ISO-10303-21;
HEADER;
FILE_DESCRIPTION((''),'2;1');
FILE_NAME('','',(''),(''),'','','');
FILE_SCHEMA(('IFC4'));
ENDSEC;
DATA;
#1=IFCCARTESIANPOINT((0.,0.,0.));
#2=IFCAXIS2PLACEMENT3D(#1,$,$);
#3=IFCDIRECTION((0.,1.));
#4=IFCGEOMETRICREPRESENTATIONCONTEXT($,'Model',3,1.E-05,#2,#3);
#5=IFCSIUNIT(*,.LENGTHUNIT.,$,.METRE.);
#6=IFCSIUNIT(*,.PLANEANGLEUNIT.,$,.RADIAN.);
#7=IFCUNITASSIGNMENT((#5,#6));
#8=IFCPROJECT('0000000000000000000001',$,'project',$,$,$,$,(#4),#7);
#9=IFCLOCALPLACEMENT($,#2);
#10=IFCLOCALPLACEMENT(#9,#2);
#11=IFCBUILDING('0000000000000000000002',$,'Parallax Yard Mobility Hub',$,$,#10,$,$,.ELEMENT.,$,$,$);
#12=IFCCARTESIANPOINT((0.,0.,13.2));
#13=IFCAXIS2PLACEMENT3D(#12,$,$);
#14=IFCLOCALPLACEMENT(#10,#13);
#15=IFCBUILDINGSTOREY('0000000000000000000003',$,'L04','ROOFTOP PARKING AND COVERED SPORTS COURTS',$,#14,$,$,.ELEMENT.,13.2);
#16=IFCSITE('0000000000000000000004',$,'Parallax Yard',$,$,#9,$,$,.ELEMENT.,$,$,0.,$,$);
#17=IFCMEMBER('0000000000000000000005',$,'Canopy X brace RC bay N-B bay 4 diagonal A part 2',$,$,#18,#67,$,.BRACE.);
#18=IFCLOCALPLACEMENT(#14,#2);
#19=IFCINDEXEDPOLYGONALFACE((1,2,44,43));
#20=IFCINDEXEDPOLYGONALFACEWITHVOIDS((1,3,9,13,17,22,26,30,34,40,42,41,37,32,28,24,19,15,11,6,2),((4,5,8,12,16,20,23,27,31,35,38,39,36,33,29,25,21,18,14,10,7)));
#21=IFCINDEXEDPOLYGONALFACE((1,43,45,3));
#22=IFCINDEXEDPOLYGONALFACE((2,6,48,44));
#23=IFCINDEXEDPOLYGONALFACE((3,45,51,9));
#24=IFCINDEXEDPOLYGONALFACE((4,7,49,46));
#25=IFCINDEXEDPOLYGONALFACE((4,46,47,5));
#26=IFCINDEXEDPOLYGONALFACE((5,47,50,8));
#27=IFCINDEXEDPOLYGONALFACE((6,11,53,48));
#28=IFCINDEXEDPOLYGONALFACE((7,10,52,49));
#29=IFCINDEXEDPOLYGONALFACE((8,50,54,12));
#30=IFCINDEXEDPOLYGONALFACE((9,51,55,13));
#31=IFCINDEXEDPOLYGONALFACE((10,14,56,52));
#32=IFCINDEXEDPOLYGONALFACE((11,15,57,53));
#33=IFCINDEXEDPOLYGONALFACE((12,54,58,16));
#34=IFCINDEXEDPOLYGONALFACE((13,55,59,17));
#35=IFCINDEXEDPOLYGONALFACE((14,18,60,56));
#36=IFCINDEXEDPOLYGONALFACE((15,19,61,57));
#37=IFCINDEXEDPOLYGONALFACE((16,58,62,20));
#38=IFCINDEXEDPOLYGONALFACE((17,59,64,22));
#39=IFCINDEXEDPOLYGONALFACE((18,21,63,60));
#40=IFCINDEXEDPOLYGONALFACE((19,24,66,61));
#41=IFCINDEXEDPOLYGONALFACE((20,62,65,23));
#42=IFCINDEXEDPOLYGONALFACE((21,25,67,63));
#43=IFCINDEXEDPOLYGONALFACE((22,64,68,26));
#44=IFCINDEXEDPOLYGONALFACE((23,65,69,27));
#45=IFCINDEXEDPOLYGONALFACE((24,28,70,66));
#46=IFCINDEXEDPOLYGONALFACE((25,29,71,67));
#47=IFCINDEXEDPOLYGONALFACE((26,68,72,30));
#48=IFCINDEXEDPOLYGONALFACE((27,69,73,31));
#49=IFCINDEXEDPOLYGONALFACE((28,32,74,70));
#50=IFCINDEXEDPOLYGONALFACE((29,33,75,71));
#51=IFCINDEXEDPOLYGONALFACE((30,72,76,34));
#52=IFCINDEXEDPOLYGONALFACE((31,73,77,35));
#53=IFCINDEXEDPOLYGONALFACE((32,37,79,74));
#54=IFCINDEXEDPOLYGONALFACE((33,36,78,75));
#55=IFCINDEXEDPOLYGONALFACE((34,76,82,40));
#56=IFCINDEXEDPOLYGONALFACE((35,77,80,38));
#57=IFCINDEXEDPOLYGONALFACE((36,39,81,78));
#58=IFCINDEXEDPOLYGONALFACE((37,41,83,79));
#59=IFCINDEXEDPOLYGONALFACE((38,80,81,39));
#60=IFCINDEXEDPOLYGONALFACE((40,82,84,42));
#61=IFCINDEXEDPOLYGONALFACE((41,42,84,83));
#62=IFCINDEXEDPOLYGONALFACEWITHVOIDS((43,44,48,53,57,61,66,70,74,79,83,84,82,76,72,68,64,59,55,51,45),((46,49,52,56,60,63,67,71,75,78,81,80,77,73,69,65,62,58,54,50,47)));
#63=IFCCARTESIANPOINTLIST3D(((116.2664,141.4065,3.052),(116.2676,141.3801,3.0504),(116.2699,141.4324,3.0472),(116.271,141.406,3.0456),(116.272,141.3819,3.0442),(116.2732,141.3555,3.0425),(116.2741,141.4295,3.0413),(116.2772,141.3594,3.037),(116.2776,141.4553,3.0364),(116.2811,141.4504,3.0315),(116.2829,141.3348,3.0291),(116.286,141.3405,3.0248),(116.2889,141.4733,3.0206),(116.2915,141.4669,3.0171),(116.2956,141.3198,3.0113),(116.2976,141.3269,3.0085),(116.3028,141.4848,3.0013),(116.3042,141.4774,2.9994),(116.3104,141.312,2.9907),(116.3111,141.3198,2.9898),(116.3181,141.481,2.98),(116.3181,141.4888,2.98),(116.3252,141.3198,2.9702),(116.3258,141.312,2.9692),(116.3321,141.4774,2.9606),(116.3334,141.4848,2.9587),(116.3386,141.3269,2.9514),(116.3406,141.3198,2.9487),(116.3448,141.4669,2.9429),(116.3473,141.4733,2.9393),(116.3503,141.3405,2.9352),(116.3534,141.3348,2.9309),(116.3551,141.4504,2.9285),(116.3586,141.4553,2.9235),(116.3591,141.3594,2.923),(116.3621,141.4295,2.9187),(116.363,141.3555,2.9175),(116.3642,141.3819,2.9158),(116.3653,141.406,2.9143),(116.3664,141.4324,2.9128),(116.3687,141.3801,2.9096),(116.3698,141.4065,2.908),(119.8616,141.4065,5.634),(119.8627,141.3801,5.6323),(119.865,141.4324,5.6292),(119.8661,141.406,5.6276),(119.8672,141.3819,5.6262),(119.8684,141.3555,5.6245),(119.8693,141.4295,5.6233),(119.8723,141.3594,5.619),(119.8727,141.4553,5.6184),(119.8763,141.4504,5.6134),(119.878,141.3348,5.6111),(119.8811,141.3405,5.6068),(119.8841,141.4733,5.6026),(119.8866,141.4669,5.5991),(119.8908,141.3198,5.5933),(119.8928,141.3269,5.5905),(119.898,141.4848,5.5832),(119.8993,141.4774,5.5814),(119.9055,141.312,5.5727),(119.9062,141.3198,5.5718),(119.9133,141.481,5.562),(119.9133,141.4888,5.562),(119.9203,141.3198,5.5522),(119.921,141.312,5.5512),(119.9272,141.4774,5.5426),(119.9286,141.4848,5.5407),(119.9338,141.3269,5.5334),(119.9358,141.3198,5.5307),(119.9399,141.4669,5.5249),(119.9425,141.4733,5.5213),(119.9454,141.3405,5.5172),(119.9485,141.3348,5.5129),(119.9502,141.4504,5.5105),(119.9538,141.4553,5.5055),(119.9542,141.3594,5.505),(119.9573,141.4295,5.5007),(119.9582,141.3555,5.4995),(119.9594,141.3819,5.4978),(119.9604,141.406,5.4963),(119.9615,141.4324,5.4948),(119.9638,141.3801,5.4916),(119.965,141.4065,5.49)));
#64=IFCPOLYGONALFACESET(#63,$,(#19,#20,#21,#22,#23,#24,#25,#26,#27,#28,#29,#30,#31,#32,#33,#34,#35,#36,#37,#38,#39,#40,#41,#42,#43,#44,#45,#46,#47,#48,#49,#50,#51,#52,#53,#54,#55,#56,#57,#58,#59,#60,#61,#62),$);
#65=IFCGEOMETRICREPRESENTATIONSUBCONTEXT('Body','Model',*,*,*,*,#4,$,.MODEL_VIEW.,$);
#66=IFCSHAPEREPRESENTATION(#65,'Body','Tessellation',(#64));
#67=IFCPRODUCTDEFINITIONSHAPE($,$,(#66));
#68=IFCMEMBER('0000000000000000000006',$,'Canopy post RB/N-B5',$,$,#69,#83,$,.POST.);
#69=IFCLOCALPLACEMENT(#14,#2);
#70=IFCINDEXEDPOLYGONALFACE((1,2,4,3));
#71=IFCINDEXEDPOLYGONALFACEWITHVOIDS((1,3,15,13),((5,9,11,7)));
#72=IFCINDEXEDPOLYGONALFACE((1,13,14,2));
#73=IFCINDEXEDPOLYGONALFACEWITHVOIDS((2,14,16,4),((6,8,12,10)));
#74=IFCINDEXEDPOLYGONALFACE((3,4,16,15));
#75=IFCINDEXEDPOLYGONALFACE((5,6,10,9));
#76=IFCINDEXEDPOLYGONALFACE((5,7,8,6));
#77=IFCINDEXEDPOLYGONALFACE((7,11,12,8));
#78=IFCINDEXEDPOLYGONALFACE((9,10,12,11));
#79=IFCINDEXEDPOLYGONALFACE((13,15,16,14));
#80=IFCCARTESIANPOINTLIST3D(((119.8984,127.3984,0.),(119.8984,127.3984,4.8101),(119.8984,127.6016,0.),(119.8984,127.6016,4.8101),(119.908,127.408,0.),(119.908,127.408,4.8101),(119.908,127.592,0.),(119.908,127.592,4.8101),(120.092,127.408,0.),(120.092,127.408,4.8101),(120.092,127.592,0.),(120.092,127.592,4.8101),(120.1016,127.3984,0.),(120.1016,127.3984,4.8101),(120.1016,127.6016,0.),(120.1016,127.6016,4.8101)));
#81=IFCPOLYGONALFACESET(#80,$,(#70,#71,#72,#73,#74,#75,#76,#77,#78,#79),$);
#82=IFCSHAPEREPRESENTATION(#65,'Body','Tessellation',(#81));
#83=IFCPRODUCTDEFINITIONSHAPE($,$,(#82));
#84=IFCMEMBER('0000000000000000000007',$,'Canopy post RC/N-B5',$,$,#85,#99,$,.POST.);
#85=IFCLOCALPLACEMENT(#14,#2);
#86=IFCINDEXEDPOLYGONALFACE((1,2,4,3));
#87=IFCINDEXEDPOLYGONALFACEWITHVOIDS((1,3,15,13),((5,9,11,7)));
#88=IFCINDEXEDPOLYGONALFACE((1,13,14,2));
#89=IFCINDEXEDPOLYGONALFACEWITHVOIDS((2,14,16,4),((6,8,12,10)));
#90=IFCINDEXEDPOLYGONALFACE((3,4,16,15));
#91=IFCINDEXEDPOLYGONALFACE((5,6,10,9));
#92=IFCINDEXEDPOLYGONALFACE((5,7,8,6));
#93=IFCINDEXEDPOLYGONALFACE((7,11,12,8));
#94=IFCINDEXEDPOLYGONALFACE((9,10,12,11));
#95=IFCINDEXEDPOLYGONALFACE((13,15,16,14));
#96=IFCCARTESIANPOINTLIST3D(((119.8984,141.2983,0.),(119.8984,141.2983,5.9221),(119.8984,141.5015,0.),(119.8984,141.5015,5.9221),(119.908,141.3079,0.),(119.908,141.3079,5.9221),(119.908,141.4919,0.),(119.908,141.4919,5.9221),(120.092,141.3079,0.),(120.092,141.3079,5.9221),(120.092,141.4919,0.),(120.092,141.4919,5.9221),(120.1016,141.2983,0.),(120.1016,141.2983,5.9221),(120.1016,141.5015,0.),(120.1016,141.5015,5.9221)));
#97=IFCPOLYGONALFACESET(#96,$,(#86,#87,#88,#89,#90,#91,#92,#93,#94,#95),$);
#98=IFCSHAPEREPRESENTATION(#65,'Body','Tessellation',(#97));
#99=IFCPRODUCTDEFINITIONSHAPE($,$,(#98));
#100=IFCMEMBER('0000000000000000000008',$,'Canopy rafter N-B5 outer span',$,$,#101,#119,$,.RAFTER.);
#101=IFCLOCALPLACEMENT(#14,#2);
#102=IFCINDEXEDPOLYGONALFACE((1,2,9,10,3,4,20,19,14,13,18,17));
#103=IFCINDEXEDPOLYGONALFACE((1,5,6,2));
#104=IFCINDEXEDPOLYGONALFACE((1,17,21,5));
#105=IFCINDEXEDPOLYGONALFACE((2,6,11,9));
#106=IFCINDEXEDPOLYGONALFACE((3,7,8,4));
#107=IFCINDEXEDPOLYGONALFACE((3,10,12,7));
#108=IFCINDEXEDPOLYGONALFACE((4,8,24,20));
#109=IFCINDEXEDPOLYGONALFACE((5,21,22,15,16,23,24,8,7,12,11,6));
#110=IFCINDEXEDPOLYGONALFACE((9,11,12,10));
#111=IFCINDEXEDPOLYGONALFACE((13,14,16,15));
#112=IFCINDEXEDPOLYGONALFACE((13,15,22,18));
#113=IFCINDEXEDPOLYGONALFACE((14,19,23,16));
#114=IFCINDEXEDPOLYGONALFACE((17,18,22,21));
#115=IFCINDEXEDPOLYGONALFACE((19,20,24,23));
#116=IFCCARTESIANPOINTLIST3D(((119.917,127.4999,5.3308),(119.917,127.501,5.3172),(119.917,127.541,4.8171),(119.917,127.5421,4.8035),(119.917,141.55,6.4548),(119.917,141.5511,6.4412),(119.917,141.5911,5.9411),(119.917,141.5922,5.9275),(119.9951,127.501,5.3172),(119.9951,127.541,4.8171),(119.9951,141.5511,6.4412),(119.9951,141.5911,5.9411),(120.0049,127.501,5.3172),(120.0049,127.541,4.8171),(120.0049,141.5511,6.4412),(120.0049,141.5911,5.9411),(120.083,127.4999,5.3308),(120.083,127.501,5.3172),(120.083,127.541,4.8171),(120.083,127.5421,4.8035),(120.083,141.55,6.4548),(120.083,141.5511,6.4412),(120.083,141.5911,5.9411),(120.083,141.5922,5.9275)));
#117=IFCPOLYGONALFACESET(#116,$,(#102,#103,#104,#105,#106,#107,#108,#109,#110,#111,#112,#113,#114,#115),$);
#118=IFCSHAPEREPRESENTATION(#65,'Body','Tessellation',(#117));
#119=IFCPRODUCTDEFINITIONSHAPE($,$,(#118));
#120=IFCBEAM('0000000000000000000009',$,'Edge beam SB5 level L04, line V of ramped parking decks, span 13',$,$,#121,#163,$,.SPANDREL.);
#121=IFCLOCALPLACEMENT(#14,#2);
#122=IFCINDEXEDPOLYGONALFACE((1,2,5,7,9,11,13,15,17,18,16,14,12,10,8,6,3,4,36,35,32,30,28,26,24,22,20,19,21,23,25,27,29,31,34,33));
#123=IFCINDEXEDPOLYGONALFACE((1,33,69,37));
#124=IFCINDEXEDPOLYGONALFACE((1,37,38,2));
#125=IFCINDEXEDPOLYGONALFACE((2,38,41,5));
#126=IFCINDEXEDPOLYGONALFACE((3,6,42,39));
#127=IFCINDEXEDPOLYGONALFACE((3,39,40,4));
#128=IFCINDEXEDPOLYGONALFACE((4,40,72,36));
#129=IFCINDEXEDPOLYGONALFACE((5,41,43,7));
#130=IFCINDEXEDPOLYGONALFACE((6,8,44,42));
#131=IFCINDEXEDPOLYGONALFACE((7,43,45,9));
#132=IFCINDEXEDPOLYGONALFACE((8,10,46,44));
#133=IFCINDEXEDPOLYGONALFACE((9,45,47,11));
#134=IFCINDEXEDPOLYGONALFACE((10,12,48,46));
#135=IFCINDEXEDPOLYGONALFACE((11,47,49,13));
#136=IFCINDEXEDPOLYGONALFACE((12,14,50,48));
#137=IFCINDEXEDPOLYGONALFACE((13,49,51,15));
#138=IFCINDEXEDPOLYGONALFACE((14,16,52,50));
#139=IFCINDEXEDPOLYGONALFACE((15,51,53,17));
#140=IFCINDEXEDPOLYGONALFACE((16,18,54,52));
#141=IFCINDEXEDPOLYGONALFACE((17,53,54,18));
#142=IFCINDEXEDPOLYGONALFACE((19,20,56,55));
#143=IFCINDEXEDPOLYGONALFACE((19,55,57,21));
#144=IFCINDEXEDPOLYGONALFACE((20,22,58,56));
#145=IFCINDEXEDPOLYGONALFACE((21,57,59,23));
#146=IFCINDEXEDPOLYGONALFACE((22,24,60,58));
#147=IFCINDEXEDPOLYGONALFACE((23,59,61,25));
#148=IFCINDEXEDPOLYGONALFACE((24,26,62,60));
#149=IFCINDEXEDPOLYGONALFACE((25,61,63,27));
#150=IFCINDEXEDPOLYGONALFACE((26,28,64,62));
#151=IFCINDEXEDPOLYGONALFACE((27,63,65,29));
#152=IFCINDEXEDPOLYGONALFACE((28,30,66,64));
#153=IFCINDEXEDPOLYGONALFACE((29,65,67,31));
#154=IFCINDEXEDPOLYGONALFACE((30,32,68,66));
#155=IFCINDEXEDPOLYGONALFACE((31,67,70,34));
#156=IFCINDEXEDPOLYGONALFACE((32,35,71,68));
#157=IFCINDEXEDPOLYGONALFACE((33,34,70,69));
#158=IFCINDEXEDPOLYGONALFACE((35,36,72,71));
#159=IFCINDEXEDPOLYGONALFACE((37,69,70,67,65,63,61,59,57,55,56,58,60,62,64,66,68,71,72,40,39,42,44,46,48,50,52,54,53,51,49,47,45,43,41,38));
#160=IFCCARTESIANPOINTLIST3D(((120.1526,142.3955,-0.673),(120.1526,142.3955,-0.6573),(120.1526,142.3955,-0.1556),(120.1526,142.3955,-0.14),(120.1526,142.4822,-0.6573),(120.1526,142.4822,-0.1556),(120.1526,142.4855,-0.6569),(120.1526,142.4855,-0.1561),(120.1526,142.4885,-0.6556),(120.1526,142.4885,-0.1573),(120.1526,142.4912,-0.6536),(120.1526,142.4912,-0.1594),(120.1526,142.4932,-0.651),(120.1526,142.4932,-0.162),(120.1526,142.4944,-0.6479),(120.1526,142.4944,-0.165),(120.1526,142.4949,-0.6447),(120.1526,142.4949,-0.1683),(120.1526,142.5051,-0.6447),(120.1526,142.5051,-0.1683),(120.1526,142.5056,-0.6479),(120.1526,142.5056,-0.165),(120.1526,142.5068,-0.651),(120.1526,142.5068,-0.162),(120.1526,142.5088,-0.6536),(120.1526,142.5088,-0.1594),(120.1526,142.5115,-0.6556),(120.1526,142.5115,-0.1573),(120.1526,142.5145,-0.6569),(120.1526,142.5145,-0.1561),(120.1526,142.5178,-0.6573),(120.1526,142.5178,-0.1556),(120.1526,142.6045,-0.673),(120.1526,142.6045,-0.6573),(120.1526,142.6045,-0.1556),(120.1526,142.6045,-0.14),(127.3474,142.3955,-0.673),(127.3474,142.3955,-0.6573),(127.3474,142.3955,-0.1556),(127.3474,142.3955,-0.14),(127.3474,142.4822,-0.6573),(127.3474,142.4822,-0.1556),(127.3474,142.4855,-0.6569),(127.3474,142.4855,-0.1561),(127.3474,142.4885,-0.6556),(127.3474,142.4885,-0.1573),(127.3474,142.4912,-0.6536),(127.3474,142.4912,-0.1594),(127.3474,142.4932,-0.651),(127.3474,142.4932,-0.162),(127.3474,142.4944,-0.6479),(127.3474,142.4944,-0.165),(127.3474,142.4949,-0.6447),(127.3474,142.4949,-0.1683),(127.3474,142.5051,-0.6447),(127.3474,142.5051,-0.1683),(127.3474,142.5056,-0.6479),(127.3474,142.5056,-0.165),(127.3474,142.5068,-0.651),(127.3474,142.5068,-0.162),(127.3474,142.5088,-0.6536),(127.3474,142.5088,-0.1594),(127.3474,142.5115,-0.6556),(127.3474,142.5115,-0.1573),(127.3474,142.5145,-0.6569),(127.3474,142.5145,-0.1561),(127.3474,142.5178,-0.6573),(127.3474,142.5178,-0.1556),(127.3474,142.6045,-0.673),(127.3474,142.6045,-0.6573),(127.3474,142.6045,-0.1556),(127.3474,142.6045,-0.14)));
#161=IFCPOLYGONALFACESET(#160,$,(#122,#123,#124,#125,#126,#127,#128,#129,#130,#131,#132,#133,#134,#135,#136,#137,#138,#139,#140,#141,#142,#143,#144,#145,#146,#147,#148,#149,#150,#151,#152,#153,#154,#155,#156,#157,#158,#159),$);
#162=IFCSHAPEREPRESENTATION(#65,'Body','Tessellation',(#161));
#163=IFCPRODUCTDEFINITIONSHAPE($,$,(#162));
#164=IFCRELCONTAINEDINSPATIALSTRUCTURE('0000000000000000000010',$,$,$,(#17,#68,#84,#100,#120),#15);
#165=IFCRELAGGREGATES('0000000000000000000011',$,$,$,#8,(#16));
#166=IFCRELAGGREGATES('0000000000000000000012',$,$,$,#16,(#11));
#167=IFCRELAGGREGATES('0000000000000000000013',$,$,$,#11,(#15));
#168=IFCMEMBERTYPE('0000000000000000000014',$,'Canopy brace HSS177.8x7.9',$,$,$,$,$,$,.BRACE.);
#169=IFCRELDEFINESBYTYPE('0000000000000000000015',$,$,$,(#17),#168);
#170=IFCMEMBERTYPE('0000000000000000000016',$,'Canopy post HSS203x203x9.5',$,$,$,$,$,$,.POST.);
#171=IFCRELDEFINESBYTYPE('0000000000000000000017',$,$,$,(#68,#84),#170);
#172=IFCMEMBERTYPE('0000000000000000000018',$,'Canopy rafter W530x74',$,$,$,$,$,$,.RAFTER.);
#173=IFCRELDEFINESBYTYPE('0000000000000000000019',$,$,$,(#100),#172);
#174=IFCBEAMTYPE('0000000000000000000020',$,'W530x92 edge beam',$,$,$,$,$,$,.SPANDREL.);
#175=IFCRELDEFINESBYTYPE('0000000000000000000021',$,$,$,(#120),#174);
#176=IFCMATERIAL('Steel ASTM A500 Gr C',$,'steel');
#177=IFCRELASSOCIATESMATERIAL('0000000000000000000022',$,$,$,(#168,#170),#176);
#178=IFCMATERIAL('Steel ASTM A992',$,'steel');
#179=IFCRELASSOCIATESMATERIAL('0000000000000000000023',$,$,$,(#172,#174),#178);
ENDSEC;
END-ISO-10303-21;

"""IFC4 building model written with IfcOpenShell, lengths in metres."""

from ifc_helpers import new_model, si_unit, direction, frame, origin, origin_2d, place, context, subcontext, project, spatial, hollow_rectangle, hollow_circle, i_section, extrude, material, material_profile, profile_set, type_object, element, save


model = new_model("IFC4")

# Units and contexts
model_context = context("Model", 3, precision=1e-05, world=origin(), true_north=direction((0.0, 1.0)))
body_context = subcontext(model_context, "Body", "Model", "MODEL_VIEW")
ifc_project = project(units=[si_unit("LENGTHUNIT", "METRE"), si_unit("PLANEANGLEUNIT", "RADIAN")], contexts=[model_context])

# Site, building, storey
site_placement = place(None, origin())
site = spatial("IfcSite", under=ifc_project, at=site_placement, Name="Parallax Yard", CompositionType="ELEMENT", RefElevation=0.0)
building_placement = place(site_placement, origin())
building = spatial("IfcBuilding", under=site, at=building_placement, Name="Parallax Yard Mobility Hub", CompositionType="ELEMENT")
storey_placement = place(building_placement, frame((0.0, 0.0, 13.2)))
storey = spatial("IfcBuildingStorey", under=building, at=storey_placement, Name="L04", Description="ROOFTOP PARKING AND COVERED SPORTS COURTS", CompositionType="ELEMENT", Elevation=13.2)

# Members
ifc_material_1 = material(Name="Steel ASTM A500 Gr C", Category="steel")
ifc_material_profile_1 = material_profile(ifc_material_1, hollow_circle(Radius=0.0889, WallThickness=0.0078, at=origin_2d()), Name="HSS177.8x7.9")
ifc_profile_set_1 = profile_set([ifc_material_profile_1], Name="Steel ASTM A500 Gr C")
member_type_1 = type_object("IfcMemberType", Name="Canopy brace HSS177.8x7.9", PredefinedType="BRACE", material=ifc_profile_set_1)
member_1_placement = place(storey_placement, frame((116.3181, 141.3999, 2.98), z_axis=(0.812233, 0.0, 0.583334), x_axis=(0.0, 1.0, 0.0)))
element("IfcMember", 1, at=member_1_placement, inside=storey, type_object=member_type_1, Name="Canopy X brace RC bay N-B bay 4 diagonal A part 2", PredefinedType="BRACE", context=body_context, shape_type="SweptSolid", body=[
    extrude(hollow_circle(Radius=0.0889, WallThickness=0.0078, at=origin_2d()), origin(), (0.0, 0.0, 1.0), 4.4263),
])
ifc_material_profile_2 = material_profile(ifc_material_1, hollow_rectangle(XDim=0.2031, YDim=0.2031, WallThickness=0.0095, at=origin_2d()), Name="HSS203x203x9.5")
ifc_profile_set_2 = profile_set([ifc_material_profile_2], Name="Steel ASTM A500 Gr C")
member_type_2 = type_object("IfcMemberType", Name="Canopy post HSS203x203x9.5", PredefinedType="POST", material=ifc_profile_set_2)
member_2_placement = place(storey_placement, frame((120.0, 127.5, 0.0), z_axis=(0.0, 0.0, 1.0), x_axis=(1.0, 0.0, 0.0)))
element("IfcMember", 2, at=member_2_placement, inside=storey, type_object=member_type_2, Name="Canopy post RB/N-B5", PredefinedType="POST", context=body_context, shape_type="SweptSolid", body=[
    extrude(hollow_rectangle(XDim=0.2031, YDim=0.2031, WallThickness=0.0095, at=origin_2d()), origin(), (0.0, 0.0, 1.0), 4.8101),
])
member_3_placement = place(storey_placement, frame((120.0, 141.3999, 0.0), z_axis=(0.0, 0.0, 1.0), x_axis=(1.0, 0.0, 0.0)))
element("IfcMember", 3, at=member_3_placement, inside=storey, type_object=member_type_2, Name="Canopy post RC/N-B5", PredefinedType="POST", context=body_context, shape_type="SweptSolid", body=[
    extrude(hollow_rectangle(XDim=0.2031, YDim=0.2031, WallThickness=0.0095, at=origin_2d()), origin(), (0.0, 0.0, 1.0), 5.9221),
])
ifc_material_2 = material(Name="Steel ASTM A992", Category="steel")
ifc_material_profile_3 = material_profile(ifc_material_2, i_section(OverallWidth=0.166, OverallDepth=0.5291, WebThickness=0.0098, FlangeThickness=0.0137, at=origin_2d()), Name="W530x74")
ifc_profile_set_3 = profile_set([ifc_material_profile_3], Name="Steel ASTM A992")
member_type_3 = type_object("IfcMemberType", Name="Canopy rafter W530x74", PredefinedType="RAFTER", material=ifc_profile_set_3)
member_4_placement = place(storey_placement, frame((120.0, 127.521, 5.0671), z_axis=(0.0, 0.996815, 0.079747), x_axis=(-1.0, 0.0, 0.0)))
element("IfcMember", 4, at=member_4_placement, inside=storey, type_object=member_type_3, Name="Canopy rafter N-B5 outer span", PredefinedType="RAFTER", context=body_context, shape_type="SweptSolid", body=[
    extrude(i_section(OverallWidth=0.166, OverallDepth=0.5291, WebThickness=0.0098, FlangeThickness=0.0137, at=origin_2d()), origin(), (0.0, 0.0, 1.0), 14.095),
])

# Beam
ifc_material_profile_4 = material_profile(ifc_material_2, i_section(OverallWidth=0.209, OverallDepth=0.533, WebThickness=0.0103, FlangeThickness=0.0156, FilletRadius=0.0127, at=origin_2d()), Name="W530x92")
ifc_profile_set_4 = profile_set([ifc_material_profile_4], Name="Steel ASTM A992")
beam_type_1 = type_object("IfcBeamType", Name="W530x92 edge beam", PredefinedType="SPANDREL", material=ifc_profile_set_4)
beam_1_placement = place(storey_placement, frame((120.1526, 142.5, -0.4065), z_axis=(1.0, 0.0, 0.0), x_axis=(0.0, 1.0, 0.0)))
element("IfcBeam", 5, at=beam_1_placement, inside=storey, type_object=beam_type_1, Name="Edge beam SB5 level L04, line V of ramped parking decks, span 13", PredefinedType="SPANDREL", context=body_context, shape_type="SweptSolid", body=[
    extrude(i_section(OverallWidth=0.209, OverallDepth=0.533, WebThickness=0.0103, FlangeThickness=0.0156, FilletRadius=0.0127, at=origin_2d()), origin(), (0.0, 0.0, 1.0), 7.1948),
])

save(model, "model.ifc")
